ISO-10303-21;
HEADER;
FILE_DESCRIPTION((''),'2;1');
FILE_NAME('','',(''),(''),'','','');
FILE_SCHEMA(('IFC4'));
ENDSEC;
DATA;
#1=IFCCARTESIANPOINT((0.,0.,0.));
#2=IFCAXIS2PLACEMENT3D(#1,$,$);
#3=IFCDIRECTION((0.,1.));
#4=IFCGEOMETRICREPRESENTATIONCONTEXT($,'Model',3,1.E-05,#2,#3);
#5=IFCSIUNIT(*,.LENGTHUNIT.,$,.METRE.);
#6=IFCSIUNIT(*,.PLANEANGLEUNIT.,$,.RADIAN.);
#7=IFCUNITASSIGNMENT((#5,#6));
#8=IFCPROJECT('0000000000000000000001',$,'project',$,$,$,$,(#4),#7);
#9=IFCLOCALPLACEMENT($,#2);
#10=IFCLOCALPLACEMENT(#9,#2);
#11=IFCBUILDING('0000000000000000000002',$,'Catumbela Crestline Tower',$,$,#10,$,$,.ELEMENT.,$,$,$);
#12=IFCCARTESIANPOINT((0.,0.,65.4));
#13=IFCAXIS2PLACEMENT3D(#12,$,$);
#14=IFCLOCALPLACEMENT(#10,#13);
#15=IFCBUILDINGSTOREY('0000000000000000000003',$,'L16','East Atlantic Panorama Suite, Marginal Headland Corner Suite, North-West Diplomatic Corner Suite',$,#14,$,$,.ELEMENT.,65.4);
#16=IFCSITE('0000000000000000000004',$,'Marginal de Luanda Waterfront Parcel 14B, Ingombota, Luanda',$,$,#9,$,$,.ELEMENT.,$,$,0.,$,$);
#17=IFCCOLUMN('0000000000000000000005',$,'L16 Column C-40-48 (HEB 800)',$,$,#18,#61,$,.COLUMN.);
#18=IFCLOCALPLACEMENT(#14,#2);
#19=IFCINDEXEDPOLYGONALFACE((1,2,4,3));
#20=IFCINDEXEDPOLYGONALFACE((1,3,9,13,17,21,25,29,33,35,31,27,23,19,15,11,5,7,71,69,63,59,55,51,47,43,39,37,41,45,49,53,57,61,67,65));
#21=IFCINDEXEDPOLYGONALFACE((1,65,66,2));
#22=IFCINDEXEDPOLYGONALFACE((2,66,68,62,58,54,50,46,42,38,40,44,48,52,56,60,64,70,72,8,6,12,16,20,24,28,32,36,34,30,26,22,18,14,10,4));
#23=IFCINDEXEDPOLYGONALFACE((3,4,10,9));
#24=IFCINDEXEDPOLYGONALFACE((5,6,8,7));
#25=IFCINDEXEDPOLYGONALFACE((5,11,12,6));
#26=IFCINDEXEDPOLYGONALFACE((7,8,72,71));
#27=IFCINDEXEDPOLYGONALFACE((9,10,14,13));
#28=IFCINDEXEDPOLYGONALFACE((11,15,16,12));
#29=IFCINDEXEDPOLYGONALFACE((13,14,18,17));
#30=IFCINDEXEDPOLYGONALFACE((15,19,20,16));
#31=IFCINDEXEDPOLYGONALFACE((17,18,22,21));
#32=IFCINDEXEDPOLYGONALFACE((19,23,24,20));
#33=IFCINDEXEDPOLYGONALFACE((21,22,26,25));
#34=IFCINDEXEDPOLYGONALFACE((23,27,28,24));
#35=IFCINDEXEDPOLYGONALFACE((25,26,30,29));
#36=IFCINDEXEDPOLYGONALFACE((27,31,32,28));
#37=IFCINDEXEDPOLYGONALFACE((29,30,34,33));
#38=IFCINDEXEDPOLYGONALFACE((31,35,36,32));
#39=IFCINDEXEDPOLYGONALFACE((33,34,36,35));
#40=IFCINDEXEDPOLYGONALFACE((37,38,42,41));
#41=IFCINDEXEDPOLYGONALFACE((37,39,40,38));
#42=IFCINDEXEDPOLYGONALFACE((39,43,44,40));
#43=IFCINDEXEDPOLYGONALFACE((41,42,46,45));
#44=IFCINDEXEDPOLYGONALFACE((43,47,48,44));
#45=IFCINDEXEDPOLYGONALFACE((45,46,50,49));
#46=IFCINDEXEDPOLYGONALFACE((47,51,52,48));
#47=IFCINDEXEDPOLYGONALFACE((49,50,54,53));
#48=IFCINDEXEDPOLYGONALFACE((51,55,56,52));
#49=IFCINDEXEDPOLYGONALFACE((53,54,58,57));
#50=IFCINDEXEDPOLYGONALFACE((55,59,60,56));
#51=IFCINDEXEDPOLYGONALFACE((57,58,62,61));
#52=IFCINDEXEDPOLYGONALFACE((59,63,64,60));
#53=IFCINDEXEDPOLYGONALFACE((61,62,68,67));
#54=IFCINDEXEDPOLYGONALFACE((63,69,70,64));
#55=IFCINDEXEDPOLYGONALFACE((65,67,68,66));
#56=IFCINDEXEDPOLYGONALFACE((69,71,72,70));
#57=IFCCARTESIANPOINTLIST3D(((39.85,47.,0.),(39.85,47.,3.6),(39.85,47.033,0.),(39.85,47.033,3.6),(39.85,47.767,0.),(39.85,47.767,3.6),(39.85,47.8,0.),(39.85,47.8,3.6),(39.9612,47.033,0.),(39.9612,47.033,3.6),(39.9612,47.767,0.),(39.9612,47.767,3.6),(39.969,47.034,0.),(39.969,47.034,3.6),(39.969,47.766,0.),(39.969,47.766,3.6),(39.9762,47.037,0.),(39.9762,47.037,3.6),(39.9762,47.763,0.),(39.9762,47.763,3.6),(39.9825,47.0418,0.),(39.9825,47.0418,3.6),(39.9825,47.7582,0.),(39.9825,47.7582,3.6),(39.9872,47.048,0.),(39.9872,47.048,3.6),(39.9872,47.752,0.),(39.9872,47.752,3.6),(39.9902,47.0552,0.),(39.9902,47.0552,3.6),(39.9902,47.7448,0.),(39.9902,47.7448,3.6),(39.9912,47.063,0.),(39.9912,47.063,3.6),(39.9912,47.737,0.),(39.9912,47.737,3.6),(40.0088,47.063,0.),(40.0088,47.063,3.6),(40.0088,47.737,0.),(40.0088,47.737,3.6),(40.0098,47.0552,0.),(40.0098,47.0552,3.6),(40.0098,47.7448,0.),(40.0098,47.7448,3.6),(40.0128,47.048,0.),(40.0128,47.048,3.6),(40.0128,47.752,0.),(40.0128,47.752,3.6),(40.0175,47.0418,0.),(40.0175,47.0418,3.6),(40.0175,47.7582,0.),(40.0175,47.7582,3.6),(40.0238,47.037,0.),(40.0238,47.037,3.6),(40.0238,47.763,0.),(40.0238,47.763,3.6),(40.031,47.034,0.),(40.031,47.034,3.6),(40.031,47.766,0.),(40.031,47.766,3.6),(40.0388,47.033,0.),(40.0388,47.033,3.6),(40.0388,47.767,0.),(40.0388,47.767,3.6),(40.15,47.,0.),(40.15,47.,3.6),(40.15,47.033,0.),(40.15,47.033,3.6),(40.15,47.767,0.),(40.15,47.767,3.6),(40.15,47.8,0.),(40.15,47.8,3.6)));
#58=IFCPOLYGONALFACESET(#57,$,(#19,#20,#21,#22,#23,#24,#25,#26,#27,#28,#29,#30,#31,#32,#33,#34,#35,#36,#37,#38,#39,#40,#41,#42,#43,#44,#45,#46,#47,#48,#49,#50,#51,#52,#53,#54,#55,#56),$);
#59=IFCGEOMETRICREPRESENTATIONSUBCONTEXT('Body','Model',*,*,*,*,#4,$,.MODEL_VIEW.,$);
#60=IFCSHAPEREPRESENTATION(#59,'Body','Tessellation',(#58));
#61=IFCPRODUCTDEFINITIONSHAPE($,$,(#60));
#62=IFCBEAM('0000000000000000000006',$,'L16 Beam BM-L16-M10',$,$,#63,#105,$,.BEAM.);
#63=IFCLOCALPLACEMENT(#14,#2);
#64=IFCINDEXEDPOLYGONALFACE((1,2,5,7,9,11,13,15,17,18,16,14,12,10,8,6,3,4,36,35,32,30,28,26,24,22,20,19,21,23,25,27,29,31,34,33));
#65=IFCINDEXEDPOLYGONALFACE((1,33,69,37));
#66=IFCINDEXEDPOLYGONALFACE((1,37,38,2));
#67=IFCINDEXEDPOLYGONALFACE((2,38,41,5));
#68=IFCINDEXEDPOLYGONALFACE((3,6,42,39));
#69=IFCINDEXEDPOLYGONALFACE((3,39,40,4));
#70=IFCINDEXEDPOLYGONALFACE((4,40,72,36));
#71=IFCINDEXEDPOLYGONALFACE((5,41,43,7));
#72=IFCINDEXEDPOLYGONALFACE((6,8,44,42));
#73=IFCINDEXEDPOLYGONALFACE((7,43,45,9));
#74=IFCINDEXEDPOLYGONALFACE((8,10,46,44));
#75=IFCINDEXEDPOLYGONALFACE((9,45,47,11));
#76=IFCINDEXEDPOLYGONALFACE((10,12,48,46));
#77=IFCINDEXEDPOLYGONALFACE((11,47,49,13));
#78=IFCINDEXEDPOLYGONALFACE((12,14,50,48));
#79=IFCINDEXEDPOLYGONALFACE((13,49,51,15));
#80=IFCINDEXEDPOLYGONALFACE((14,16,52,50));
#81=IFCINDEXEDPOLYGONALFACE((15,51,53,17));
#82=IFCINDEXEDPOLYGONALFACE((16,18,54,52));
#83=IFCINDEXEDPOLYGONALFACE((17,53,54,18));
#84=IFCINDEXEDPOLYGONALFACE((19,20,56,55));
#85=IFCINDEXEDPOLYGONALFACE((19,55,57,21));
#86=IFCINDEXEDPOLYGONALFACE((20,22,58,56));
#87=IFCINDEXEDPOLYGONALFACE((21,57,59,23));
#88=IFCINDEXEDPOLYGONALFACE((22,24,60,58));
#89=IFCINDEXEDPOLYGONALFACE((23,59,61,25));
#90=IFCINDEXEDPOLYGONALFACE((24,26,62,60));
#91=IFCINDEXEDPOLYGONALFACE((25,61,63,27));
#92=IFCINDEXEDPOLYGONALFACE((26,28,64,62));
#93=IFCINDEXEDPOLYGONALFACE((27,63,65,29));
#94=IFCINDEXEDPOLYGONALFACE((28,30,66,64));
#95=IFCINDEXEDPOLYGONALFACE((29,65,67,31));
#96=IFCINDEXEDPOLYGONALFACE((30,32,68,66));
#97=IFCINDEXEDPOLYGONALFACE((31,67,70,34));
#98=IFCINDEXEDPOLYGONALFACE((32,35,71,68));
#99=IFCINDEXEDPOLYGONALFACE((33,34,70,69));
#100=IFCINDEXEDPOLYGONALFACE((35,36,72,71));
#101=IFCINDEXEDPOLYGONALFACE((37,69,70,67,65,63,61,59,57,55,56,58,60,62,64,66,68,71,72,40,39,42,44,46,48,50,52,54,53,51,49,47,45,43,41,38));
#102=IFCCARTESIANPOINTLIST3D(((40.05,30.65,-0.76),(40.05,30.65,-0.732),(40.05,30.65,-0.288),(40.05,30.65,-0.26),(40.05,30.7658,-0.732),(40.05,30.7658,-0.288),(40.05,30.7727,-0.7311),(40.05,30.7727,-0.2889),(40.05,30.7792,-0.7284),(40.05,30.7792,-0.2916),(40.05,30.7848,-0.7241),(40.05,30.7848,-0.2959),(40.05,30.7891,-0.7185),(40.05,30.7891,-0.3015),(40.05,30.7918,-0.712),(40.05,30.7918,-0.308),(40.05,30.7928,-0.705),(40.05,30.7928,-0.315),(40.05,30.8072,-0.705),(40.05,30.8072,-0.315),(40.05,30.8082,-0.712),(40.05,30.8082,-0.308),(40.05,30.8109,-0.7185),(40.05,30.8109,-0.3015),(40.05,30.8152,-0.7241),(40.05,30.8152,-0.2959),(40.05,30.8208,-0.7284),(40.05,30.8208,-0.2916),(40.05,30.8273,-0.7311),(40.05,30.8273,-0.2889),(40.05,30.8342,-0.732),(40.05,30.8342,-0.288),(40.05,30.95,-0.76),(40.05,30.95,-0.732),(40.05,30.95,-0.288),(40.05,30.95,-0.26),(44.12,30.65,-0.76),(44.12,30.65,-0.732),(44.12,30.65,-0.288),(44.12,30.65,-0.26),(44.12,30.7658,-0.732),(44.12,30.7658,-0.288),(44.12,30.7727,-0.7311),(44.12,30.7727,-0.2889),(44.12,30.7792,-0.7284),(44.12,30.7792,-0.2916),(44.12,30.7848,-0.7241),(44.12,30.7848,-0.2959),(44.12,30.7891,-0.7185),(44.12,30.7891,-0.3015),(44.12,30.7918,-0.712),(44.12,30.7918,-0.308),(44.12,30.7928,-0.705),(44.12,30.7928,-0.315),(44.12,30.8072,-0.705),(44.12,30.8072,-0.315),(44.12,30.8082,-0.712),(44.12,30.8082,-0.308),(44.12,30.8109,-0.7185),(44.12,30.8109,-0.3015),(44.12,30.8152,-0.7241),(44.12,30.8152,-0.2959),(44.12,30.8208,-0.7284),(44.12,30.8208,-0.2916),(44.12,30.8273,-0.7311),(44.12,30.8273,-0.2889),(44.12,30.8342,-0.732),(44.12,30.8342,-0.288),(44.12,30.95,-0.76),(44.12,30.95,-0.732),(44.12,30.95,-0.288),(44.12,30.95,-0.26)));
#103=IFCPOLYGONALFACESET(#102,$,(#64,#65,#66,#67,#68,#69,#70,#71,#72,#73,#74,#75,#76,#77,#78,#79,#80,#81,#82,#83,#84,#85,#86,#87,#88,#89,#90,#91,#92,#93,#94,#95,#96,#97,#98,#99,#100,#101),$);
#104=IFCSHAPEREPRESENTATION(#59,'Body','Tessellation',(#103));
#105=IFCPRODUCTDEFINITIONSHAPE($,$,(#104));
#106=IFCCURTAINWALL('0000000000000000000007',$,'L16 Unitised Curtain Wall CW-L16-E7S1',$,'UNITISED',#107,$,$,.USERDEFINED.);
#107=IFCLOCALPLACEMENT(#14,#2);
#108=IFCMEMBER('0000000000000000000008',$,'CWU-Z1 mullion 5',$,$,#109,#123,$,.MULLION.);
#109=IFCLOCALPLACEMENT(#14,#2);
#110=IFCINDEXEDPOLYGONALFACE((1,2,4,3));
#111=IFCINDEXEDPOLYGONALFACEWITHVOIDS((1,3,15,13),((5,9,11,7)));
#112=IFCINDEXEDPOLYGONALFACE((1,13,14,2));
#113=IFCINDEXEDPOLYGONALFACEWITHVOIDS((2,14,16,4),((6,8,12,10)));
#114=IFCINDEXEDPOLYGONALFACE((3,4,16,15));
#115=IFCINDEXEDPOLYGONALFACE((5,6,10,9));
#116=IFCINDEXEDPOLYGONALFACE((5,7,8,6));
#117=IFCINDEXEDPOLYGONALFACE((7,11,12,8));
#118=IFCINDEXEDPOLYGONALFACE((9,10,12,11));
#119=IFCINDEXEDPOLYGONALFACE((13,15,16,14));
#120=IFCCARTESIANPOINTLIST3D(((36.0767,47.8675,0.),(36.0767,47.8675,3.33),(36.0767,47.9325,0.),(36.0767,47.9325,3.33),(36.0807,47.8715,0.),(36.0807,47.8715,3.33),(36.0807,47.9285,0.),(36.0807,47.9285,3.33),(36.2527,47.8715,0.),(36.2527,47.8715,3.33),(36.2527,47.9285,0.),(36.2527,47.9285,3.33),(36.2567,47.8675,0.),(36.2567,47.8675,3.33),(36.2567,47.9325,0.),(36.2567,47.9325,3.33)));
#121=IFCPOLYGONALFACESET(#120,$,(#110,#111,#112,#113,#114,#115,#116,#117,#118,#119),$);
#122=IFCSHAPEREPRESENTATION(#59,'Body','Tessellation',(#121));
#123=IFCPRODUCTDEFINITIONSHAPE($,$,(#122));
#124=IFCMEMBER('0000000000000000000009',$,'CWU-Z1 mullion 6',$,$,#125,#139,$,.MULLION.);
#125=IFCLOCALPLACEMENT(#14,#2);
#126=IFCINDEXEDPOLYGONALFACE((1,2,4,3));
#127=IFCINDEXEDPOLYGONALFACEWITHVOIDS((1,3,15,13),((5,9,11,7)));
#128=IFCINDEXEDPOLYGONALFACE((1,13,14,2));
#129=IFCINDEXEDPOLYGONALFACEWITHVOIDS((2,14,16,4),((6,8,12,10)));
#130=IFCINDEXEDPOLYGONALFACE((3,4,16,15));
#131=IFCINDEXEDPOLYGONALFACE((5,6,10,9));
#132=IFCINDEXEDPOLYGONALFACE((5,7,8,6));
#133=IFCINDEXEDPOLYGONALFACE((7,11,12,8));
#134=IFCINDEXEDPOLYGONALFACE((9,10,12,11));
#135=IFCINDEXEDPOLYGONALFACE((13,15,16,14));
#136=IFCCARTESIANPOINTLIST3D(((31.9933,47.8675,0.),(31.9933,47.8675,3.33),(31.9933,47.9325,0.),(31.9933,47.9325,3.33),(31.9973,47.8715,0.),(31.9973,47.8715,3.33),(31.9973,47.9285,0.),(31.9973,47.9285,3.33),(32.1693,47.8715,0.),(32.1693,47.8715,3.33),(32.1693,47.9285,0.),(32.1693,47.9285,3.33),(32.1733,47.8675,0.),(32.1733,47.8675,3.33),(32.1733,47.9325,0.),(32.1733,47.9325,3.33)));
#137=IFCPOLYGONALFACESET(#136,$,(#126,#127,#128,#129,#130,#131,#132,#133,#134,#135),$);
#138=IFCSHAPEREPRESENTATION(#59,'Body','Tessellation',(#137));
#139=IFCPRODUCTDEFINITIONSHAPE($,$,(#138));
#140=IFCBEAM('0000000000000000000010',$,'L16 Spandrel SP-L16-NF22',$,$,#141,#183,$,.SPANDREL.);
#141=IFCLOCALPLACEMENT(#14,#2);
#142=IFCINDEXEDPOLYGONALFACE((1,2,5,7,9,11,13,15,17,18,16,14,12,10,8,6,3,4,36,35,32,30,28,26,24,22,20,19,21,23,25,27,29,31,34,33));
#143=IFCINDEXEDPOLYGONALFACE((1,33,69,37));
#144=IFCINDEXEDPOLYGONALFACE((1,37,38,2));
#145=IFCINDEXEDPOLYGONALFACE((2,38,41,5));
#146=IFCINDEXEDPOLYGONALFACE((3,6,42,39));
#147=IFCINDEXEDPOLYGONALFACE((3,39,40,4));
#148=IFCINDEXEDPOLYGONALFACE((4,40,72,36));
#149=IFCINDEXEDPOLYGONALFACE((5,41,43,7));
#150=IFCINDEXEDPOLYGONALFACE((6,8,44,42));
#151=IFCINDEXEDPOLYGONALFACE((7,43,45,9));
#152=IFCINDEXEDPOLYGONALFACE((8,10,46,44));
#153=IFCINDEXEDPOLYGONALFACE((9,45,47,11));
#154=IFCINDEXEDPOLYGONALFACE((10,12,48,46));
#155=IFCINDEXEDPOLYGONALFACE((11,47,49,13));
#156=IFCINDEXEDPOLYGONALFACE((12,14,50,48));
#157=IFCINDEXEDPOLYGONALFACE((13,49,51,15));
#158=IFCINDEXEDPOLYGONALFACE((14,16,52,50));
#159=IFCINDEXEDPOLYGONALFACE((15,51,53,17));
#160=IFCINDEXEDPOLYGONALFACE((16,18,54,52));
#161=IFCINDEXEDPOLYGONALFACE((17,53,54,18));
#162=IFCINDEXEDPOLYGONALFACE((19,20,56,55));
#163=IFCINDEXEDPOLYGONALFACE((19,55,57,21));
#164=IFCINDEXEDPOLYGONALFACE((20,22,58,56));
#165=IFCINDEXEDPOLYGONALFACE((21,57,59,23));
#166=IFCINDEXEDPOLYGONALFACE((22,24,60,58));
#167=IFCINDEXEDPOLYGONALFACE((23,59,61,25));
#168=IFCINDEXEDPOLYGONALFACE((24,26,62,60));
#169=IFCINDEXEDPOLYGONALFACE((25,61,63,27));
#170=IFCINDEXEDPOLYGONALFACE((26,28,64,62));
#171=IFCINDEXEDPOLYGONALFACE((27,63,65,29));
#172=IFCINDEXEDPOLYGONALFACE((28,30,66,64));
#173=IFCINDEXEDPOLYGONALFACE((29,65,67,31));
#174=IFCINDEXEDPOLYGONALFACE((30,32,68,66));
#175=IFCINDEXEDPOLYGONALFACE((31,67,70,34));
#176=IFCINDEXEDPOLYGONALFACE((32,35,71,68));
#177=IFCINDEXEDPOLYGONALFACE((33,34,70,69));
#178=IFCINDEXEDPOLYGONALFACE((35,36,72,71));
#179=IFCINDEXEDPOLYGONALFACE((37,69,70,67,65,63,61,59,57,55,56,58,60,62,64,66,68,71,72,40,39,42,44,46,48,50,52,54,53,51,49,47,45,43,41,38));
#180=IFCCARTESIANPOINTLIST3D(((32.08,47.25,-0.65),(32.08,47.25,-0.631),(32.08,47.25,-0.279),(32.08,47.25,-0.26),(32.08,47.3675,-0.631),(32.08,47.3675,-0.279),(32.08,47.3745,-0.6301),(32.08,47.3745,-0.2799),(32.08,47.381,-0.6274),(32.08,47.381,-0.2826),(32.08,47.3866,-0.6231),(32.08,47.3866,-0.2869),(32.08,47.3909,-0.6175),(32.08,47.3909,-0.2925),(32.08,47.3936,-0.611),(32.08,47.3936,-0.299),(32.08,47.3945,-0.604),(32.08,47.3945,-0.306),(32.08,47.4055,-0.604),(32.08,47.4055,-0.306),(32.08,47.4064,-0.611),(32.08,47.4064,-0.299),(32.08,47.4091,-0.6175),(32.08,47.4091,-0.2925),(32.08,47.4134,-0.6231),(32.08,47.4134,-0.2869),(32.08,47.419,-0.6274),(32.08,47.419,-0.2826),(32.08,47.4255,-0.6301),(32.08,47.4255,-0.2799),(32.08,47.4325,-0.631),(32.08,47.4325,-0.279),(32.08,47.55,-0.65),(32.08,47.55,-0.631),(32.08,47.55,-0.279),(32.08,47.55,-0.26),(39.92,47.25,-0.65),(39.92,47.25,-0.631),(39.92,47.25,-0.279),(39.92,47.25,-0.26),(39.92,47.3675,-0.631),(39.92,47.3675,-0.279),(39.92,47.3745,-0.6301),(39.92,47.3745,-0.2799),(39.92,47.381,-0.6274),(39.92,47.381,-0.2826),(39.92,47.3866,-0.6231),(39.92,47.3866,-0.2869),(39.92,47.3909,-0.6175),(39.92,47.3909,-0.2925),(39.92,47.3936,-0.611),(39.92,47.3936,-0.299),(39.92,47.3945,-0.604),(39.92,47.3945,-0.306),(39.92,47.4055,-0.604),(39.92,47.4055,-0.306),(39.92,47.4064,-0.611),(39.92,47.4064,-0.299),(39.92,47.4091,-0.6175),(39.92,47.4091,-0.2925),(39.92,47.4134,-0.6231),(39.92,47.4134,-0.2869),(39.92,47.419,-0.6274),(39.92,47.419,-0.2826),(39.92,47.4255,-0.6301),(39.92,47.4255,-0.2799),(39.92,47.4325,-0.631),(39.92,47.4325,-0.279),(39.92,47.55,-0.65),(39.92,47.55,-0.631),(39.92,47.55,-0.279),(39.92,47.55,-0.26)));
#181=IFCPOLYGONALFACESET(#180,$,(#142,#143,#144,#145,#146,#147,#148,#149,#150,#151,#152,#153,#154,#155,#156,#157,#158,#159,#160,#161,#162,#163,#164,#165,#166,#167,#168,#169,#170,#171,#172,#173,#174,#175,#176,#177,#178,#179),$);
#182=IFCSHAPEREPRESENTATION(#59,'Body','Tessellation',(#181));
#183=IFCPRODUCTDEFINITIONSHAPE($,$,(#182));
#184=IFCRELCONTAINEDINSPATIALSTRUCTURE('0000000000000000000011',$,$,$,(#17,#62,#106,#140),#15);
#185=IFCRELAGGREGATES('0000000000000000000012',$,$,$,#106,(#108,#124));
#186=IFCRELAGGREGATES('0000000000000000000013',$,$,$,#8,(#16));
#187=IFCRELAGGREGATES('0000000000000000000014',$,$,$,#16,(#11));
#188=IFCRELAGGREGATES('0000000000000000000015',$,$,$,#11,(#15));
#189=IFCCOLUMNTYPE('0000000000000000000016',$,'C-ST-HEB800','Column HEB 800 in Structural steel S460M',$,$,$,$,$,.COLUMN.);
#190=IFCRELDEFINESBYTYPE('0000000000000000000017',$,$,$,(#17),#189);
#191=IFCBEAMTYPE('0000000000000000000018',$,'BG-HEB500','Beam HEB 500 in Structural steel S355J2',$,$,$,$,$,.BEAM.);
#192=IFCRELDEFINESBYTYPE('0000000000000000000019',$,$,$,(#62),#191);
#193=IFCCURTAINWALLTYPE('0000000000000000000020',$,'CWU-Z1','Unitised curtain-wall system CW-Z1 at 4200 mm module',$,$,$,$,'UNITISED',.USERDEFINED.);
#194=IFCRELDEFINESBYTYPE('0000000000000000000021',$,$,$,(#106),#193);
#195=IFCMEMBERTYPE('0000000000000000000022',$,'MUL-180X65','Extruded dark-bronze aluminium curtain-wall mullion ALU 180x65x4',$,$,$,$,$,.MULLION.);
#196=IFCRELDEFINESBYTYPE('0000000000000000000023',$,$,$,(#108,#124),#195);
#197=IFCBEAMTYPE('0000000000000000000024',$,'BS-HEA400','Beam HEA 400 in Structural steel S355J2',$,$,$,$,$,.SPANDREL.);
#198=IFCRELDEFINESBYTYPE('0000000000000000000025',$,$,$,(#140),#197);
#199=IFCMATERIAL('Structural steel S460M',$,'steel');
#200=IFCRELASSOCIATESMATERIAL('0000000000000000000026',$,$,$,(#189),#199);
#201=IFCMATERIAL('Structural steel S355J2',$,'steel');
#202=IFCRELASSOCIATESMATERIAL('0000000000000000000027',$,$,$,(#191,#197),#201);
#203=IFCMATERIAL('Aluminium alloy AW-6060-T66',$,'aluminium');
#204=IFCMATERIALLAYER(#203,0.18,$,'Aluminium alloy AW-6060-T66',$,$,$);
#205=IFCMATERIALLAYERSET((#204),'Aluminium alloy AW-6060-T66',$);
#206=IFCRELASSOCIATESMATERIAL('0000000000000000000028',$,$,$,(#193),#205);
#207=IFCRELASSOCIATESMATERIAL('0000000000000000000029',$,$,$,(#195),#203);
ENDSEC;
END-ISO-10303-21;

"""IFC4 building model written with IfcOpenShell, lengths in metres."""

from ifc_helpers import new_model, si_unit, direction, frame, origin, origin_2d, place, context, subcontext, project, spatial, hollow_rectangle, i_section, extrude, material, layer, layer_set, material_profile, profile_set, type_object, element, aggregate, save


model = new_model("IFC4")

# Units and contexts
model_context = context("Model", 3, precision=1e-05, world=origin(), true_north=direction((0.0, 1.0)))
body_context = subcontext(model_context, "Body", "Model", "MODEL_VIEW")
ifc_project = project(units=[si_unit("LENGTHUNIT", "METRE"), si_unit("PLANEANGLEUNIT", "RADIAN")], contexts=[model_context])

# Site, building, storey
site_placement = place(None, origin())
site = spatial("IfcSite", under=ifc_project, at=site_placement, Name="Marginal de Luanda Waterfront Parcel 14B, Ingombota, Luanda", CompositionType="ELEMENT", RefElevation=0.0)
building_placement = place(site_placement, origin())
building = spatial("IfcBuilding", under=site, at=building_placement, Name="Catumbela Crestline Tower", CompositionType="ELEMENT")
storey_placement = place(building_placement, frame((0.0, 0.0, 65.4)))
storey = spatial("IfcBuildingStorey", under=building, at=storey_placement, Name="L16", Description="East Atlantic Panorama Suite, Marginal Headland Corner Suite, North-West Diplomatic Corner Suite", CompositionType="ELEMENT", Elevation=65.4)

# Column
ifc_material_1 = material(Name="Structural steel S460M", Category="steel")
ifc_material_profile_1 = material_profile(ifc_material_1, i_section(OverallWidth=0.3, OverallDepth=0.8, WebThickness=0.0175, FlangeThickness=0.033, FilletRadius=0.03, at=origin_2d()), Name="HEB 800")
ifc_profile_set_1 = profile_set([ifc_material_profile_1], Name="Structural steel S460M")
column_type = type_object("IfcColumnType", Name="C-ST-HEB800", Description="Column HEB 800 in Structural steel S460M", PredefinedType="COLUMN", material=ifc_profile_set_1)
column_placement = place(storey_placement, frame((40.0, 47.4, 0.0), z_axis=(0.0, 0.0, 1.0), x_axis=(1.0, 0.0, 0.0)))
element("IfcColumn", 1, at=column_placement, inside=storey, type_object=column_type, Name="L16 Column C-40-48 (HEB 800)", PredefinedType="COLUMN", context=body_context, shape_type="SweptSolid", body=[
    extrude(i_section(OverallWidth=0.3, OverallDepth=0.8, WebThickness=0.0175, FlangeThickness=0.033, FilletRadius=0.03, at=origin_2d()), origin(), (0.0, 0.0, 1.0), 3.6),
])

# Beam
ifc_material_2 = material(Name="Structural steel S355J2", Category="steel")
ifc_material_profile_2 = material_profile(ifc_material_2, i_section(OverallWidth=0.3, OverallDepth=0.5, WebThickness=0.0145, FlangeThickness=0.028, FilletRadius=0.027, at=origin_2d()), Name="HEB 500")
ifc_profile_set_2 = profile_set([ifc_material_profile_2], Name="Structural steel S355J2")
beam_type_1 = type_object("IfcBeamType", Name="BG-HEB500", Description="Beam HEB 500 in Structural steel S355J2", PredefinedType="BEAM", material=ifc_profile_set_2)
beam_1_placement = place(storey_placement, frame((40.05, 30.8, -0.51), z_axis=(1.0, 0.0, 0.0), x_axis=(0.0, 1.0, 0.0)))
element("IfcBeam", 2, at=beam_1_placement, inside=storey, type_object=beam_type_1, Name="L16 Beam BM-L16-M10", PredefinedType="BEAM", context=body_context, shape_type="SweptSolid", body=[
    extrude(i_section(OverallWidth=0.3, OverallDepth=0.5, WebThickness=0.0145, FlangeThickness=0.028, FilletRadius=0.027, at=origin_2d()), origin(), (0.0, 0.0, 1.0), 4.07),
])

# Curtain wall, members
ifc_material_3 = material(Name="Aluminium alloy AW-6060-T66", Category="aluminium")
ifc_layer_1 = layer(ifc_material_3, 0.18, Name="Aluminium alloy AW-6060-T66")
ifc_layer_set_1 = layer_set([ifc_layer_1], Name="Aluminium alloy AW-6060-T66")
curtain_wall_type = type_object("IfcCurtainWallType", Name="CWU-Z1", Description="Unitised curtain-wall system CW-Z1 at 4200 mm module", ElementType="UNITISED", PredefinedType="USERDEFINED", material=ifc_layer_set_1)
curtain_wall_placement = place(storey_placement, origin())
curtain_wall = element("IfcCurtainWall", 3, at=curtain_wall_placement, inside=storey, type_object=curtain_wall_type, Name="L16 Unitised Curtain Wall CW-L16-E7S1", ObjectType="UNITISED", PredefinedType="USERDEFINED")
ifc_material_profile_3 = material_profile(ifc_material_3, hollow_rectangle(XDim=0.065, YDim=0.18, WallThickness=0.004, at=origin_2d()), Name="ALU 180x65x4")
ifc_profile_set_3 = profile_set([ifc_material_profile_3], Name="Aluminium alloy AW-6060-T66")
member_type_1 = type_object("IfcMemberType", Name="MUL-180X65", Description="Extruded dark-bronze aluminium curtain-wall mullion ALU 180x65x4", PredefinedType="MULLION", material=ifc_profile_set_3)
member_1_placement = place(storey_placement, frame((36.1667, 47.9, 0.0), z_axis=(0.0, 0.0, 1.0), x_axis=(0.0, -1.0, 0.0)))
member_1 = element("IfcMember", 4, at=member_1_placement, type_object=member_type_1, Name="CWU-Z1 mullion 5", PredefinedType="MULLION", context=body_context, shape_type="SweptSolid", body=[
    extrude(hollow_rectangle(XDim=0.065, YDim=0.18, WallThickness=0.004, at=origin_2d()), origin(), (0.0, 0.0, 1.0), 3.33),
])
member_2_placement = place(storey_placement, frame((32.0833, 47.9, 0.0), z_axis=(0.0, 0.0, 1.0), x_axis=(0.0, -1.0, 0.0)))
member_2 = element("IfcMember", 5, at=member_2_placement, type_object=member_type_1, Name="CWU-Z1 mullion 6", PredefinedType="MULLION", context=body_context, shape_type="SweptSolid", body=[
    extrude(hollow_rectangle(XDim=0.065, YDim=0.18, WallThickness=0.004, at=origin_2d()), origin(), (0.0, 0.0, 1.0), 3.33),
])

# Beam
ifc_material_profile_4 = material_profile(ifc_material_2, i_section(OverallWidth=0.3, OverallDepth=0.39, WebThickness=0.011, FlangeThickness=0.019, FilletRadius=0.027, at=origin_2d()), Name="HEA 400")
ifc_profile_set_4 = profile_set([ifc_material_profile_4], Name="Structural steel S355J2")
beam_type_2 = type_object("IfcBeamType", Name="BS-HEA400", Description="Beam HEA 400 in Structural steel S355J2", PredefinedType="SPANDREL", material=ifc_profile_set_4)
beam_2_placement = place(storey_placement, frame((32.08, 47.4, -0.455), z_axis=(1.0, 0.0, 0.0), x_axis=(0.0, 1.0, 0.0)))
element("IfcBeam", 6, at=beam_2_placement, inside=storey, type_object=beam_type_2, Name="L16 Spandrel SP-L16-NF22", PredefinedType="SPANDREL", context=body_context, shape_type="SweptSolid", body=[
    extrude(i_section(OverallWidth=0.3, OverallDepth=0.39, WebThickness=0.011, FlangeThickness=0.019, FilletRadius=0.027, at=origin_2d()), origin(), (0.0, 0.0, 1.0), 7.84),
])

aggregate(curtain_wall, [member_1, member_2])

save(model, "model.ifc")
